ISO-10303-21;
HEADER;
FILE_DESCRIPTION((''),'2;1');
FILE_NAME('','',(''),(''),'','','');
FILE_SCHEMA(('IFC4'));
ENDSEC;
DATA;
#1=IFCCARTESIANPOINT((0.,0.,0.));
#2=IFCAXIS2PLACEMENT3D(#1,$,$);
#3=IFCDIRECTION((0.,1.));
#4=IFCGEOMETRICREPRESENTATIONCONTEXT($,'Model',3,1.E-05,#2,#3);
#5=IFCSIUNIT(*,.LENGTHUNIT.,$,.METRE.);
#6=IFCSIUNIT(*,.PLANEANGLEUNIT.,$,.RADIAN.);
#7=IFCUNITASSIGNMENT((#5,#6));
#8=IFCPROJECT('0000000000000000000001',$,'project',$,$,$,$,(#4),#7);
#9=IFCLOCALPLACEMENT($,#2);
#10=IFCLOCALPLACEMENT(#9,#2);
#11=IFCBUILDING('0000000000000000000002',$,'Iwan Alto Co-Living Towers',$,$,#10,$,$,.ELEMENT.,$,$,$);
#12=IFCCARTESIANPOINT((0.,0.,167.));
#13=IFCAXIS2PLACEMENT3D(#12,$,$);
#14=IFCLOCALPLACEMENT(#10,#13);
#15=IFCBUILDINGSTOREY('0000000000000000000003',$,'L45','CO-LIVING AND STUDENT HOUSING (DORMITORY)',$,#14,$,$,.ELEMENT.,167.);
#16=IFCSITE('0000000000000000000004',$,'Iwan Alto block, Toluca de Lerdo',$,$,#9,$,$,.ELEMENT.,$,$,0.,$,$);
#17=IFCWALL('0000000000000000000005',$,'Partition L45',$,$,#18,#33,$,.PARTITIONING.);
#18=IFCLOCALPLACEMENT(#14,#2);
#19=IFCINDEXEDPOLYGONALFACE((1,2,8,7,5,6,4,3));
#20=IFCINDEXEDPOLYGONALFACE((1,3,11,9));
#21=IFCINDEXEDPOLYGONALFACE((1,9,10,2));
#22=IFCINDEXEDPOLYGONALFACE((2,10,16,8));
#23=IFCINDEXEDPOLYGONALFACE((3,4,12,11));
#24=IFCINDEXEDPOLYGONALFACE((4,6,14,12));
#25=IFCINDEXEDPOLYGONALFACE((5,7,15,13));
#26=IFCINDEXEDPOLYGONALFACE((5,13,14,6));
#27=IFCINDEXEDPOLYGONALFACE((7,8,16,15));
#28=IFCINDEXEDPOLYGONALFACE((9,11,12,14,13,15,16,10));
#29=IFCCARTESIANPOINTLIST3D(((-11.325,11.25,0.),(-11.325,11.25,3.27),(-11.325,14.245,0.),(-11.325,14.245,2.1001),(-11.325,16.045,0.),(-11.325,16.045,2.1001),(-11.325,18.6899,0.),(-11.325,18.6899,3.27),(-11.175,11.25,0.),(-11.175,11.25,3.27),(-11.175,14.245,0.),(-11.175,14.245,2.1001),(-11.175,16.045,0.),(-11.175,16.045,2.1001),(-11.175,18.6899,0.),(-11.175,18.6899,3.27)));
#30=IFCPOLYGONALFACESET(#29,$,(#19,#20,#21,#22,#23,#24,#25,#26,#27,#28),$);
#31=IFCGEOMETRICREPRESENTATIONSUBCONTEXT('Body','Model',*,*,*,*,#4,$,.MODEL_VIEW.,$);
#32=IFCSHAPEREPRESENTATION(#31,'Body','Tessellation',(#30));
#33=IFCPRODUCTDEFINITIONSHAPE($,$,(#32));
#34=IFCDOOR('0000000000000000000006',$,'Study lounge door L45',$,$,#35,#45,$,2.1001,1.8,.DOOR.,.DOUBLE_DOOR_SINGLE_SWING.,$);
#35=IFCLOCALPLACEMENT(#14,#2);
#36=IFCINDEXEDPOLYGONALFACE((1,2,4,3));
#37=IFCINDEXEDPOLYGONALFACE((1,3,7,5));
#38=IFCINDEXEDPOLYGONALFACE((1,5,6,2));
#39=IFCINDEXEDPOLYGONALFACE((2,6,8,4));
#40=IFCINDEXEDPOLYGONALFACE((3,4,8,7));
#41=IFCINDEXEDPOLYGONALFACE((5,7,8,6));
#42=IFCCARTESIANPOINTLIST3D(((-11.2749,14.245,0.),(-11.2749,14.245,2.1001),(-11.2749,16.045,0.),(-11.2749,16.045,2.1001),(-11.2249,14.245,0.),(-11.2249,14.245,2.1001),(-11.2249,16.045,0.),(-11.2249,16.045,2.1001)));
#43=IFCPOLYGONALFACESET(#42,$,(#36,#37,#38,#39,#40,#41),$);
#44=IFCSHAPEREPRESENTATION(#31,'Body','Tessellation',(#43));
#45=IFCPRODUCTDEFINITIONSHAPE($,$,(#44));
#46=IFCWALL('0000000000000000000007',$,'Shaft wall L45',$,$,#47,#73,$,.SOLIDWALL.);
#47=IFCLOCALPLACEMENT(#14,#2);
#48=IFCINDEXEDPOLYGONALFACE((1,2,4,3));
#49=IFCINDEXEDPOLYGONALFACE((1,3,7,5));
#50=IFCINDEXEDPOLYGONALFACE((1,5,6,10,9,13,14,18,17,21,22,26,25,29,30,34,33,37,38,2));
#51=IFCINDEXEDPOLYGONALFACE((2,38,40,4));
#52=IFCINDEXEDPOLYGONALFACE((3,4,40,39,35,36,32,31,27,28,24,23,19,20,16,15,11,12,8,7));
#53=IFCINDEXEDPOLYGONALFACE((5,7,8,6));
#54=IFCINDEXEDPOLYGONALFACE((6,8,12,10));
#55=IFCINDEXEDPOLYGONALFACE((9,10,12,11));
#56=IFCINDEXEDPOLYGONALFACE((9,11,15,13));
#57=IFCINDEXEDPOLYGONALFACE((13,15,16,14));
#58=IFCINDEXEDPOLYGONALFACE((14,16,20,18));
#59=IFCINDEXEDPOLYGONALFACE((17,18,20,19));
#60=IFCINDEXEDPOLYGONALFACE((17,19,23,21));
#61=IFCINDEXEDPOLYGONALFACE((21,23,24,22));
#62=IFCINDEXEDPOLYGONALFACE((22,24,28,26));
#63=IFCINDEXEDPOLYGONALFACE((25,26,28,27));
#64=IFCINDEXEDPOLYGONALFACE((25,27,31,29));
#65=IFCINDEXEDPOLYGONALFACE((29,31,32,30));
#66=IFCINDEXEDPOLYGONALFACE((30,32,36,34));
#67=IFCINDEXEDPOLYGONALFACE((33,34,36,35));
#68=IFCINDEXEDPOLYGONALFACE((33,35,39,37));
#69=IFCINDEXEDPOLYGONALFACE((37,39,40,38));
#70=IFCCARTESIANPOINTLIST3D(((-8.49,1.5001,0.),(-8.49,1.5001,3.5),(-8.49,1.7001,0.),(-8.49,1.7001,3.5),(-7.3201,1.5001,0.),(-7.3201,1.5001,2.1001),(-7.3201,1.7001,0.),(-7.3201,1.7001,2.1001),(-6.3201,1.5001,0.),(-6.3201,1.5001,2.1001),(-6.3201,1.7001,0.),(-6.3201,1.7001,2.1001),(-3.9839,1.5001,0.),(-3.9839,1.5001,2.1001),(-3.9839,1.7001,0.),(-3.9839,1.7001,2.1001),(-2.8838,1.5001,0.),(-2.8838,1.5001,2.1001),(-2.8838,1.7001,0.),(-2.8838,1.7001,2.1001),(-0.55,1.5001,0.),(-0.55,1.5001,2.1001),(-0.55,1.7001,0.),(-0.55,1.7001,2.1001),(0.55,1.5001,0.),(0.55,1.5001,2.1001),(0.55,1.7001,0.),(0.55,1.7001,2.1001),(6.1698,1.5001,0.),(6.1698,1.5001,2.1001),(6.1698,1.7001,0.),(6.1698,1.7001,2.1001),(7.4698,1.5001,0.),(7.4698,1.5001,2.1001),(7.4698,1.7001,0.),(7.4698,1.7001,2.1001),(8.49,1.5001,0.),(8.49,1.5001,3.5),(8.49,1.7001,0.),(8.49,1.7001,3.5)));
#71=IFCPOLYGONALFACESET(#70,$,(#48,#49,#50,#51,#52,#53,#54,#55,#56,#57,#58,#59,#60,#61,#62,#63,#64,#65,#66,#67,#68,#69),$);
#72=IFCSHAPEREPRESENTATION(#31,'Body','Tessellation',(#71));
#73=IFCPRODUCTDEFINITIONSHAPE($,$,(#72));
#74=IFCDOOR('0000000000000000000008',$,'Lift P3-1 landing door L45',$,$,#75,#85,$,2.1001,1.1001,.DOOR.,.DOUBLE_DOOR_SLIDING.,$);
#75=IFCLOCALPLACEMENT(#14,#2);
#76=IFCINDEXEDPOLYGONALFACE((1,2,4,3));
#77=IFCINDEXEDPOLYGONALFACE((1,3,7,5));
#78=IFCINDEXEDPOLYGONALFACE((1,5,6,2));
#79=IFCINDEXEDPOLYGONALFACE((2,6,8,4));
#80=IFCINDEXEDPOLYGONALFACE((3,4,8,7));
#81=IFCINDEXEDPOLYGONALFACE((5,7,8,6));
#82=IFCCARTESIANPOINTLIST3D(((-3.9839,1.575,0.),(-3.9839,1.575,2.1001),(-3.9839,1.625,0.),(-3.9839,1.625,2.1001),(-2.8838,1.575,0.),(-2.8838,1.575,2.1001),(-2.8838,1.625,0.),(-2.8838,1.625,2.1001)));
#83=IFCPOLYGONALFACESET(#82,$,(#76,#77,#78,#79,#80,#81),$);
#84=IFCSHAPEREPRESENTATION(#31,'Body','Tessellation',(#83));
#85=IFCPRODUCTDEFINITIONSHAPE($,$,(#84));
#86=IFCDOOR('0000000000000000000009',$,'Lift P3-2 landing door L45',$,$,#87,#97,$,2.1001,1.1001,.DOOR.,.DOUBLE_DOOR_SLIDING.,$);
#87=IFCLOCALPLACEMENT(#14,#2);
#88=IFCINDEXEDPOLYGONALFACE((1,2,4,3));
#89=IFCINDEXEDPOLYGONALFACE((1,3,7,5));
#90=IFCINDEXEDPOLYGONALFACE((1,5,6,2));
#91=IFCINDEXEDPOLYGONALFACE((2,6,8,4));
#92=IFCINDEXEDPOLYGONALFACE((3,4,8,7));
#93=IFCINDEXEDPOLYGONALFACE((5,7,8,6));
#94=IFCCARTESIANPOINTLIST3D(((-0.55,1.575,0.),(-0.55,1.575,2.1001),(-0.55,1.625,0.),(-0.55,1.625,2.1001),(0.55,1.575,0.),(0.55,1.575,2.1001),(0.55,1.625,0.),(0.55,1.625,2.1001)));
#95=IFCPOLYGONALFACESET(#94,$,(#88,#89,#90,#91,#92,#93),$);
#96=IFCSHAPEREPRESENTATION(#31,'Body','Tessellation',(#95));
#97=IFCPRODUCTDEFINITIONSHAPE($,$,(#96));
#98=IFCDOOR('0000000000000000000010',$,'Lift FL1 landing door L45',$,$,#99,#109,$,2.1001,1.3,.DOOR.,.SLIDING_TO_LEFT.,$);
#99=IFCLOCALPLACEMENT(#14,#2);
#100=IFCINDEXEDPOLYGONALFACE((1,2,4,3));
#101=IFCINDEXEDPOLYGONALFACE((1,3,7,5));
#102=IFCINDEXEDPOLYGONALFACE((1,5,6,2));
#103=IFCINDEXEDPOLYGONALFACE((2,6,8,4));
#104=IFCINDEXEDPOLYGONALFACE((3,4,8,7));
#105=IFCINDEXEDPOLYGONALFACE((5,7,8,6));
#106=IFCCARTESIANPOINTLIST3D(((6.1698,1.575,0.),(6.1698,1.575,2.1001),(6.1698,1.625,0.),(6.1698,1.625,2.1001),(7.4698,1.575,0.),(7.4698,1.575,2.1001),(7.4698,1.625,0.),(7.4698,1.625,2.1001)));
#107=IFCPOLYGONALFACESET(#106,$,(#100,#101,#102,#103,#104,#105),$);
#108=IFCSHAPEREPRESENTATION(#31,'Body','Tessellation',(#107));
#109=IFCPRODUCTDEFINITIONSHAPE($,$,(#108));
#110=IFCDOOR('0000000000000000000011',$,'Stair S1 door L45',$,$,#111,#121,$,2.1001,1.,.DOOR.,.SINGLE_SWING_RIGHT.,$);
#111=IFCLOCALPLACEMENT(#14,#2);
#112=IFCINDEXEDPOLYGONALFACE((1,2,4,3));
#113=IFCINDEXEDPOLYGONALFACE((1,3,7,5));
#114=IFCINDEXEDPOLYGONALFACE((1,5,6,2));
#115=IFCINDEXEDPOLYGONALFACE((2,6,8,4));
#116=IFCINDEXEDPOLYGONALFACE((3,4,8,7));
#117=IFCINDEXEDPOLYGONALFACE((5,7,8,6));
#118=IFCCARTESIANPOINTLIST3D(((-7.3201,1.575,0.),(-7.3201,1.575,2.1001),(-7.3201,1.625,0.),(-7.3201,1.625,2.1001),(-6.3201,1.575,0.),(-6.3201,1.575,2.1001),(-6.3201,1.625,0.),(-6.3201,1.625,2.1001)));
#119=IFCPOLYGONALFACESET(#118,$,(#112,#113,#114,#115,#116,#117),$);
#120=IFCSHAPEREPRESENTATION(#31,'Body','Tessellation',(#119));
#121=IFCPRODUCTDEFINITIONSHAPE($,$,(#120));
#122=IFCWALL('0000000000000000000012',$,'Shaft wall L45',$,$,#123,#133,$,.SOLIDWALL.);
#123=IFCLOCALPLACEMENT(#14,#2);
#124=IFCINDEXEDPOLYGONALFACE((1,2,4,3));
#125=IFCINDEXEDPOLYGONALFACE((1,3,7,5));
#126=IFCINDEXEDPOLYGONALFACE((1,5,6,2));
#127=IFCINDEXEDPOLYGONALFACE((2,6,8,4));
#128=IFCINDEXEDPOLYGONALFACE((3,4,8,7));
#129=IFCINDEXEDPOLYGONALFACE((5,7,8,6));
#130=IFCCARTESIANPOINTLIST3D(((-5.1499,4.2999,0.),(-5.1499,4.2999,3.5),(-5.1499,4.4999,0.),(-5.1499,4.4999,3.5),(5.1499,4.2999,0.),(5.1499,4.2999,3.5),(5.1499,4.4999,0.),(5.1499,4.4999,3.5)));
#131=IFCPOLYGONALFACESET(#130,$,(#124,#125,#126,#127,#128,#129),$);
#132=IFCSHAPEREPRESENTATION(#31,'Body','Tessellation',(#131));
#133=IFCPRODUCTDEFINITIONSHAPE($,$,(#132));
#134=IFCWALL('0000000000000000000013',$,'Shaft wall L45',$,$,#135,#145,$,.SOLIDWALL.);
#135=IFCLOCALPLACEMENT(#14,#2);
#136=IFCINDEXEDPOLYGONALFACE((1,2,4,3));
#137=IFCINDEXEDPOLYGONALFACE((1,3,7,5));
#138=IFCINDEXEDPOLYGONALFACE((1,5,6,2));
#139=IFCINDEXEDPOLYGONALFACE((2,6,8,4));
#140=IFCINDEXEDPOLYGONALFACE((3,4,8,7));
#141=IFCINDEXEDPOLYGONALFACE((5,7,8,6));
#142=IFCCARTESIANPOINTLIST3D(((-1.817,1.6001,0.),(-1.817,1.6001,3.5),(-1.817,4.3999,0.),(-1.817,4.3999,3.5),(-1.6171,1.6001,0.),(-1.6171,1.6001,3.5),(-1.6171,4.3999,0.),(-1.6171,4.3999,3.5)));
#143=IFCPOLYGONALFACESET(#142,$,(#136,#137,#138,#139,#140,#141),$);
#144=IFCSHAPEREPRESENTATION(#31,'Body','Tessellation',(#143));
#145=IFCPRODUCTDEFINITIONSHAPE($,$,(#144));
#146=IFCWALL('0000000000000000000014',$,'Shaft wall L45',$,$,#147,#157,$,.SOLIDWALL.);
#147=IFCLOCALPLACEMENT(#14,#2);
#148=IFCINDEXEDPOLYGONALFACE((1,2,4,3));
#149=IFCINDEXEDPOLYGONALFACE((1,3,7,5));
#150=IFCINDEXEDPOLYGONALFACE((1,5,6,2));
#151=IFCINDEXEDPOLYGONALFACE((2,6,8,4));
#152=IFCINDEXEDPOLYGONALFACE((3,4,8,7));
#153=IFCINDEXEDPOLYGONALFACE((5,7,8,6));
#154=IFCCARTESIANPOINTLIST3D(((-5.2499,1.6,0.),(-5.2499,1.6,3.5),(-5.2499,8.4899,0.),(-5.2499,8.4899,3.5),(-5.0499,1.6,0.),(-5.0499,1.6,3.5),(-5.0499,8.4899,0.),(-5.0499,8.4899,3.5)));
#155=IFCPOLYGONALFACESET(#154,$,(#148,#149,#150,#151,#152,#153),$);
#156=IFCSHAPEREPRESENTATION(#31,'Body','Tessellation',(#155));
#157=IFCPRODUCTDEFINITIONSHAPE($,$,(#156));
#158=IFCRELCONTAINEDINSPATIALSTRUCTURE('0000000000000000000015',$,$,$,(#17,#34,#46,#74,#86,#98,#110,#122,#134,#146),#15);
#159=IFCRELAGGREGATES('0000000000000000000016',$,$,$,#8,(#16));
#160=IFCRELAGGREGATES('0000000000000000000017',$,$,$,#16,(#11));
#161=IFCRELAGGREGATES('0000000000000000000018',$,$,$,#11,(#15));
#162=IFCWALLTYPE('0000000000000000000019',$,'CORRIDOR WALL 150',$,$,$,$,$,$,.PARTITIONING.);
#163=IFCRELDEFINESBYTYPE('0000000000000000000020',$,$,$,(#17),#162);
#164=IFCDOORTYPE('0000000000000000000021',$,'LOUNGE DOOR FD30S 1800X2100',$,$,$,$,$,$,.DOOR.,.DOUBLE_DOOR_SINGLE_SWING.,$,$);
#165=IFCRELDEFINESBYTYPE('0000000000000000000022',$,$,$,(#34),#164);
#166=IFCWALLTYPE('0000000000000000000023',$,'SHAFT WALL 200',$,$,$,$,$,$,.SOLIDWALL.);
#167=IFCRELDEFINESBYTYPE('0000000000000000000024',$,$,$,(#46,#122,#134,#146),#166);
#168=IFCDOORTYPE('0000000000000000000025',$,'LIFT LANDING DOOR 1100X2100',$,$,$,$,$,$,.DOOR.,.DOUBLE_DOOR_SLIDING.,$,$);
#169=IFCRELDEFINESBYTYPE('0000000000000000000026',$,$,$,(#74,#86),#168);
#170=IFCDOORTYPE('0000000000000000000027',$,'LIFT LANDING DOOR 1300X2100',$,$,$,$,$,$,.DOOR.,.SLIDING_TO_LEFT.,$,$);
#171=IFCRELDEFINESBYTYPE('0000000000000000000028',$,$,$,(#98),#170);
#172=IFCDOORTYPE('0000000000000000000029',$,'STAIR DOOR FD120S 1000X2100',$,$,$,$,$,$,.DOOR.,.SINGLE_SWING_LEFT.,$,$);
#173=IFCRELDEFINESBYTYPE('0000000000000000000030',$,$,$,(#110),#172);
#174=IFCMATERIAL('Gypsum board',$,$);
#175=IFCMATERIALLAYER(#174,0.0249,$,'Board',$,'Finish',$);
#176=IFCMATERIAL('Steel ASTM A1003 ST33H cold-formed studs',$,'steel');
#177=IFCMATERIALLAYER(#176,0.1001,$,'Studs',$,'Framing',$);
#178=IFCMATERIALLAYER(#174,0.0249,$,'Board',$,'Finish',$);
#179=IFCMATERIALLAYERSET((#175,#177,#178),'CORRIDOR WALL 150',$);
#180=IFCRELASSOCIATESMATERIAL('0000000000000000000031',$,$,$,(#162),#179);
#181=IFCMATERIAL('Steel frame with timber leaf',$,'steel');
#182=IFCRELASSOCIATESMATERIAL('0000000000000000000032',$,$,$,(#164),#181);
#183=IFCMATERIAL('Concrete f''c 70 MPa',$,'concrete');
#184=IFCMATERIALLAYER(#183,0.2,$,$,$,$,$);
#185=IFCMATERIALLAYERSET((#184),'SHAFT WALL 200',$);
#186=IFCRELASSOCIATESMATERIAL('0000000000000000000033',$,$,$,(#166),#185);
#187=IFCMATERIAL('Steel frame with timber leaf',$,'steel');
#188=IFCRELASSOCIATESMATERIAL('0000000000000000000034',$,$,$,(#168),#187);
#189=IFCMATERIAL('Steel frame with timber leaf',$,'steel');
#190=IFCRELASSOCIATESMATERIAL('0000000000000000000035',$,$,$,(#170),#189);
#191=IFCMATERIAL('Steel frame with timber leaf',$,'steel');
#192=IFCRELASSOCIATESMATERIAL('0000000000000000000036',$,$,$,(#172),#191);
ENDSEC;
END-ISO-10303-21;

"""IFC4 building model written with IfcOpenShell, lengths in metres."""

from ifc_helpers import new_model, si_unit, direction, frame, frame_2d, origin, place, context, subcontext, project, spatial, rectangle, extrude, material, layer, layer_set, type_object, element, fill, save


model = new_model("IFC4")

# Units and contexts
model_context = context("Model", 3, precision=1e-05, world=origin(), true_north=direction((0.0, 1.0)))
body_context = subcontext(model_context, "Body", "Model", "MODEL_VIEW")
ifc_project = project(units=[si_unit("LENGTHUNIT", "METRE"), si_unit("PLANEANGLEUNIT", "RADIAN")], contexts=[model_context])

# Site, building, storey
site_placement = place(None, origin())
site = spatial("IfcSite", under=ifc_project, at=site_placement, Name="Iwan Alto block, Toluca de Lerdo", CompositionType="ELEMENT", RefElevation=0.0)
building_placement = place(site_placement, origin())
building = spatial("IfcBuilding", under=site, at=building_placement, Name="Iwan Alto Co-Living Towers", CompositionType="ELEMENT")
storey_placement = place(building_placement, frame((0.0, 0.0, 167.0)))
storey = spatial("IfcBuildingStorey", under=building, at=storey_placement, Name="L45", Description="CO-LIVING AND STUDENT HOUSING (DORMITORY)", CompositionType="ELEMENT", Elevation=167.0)

# Wall, opening, door
ifc_material_1 = material(Name="Gypsum board")
ifc_layer_1 = layer(ifc_material_1, 0.0249, Name="Board", Category="Finish")
ifc_material_2 = material(Name="Steel ASTM A1003 ST33H cold-formed studs", Category="steel")
ifc_layer_2 = layer(ifc_material_2, 0.1001, Name="Studs", Category="Framing")
ifc_layer_3 = layer(ifc_material_1, 0.0249, Name="Board", Category="Finish")
ifc_layer_set_1 = layer_set([ifc_layer_1, ifc_layer_2, ifc_layer_3], Name="CORRIDOR WALL 150")
wall_type_1 = type_object("IfcWallType", Name="CORRIDOR WALL 150", PredefinedType="PARTITIONING", material=ifc_layer_set_1)
wall_1_placement = place(storey_placement, frame((-11.25, 11.25, 0.0), z_axis=(0.0, 0.0, 1.0), x_axis=(0.0, 1.0, 0.0)))
wall_1 = element("IfcWall", 1, at=wall_1_placement, inside=storey, type_object=wall_type_1, Name="Partition L45", PredefinedType="PARTITIONING", context=body_context, shape_type="SweptSolid", body=[
    extrude(rectangle(XDim=7.4399, YDim=0.1499, at=frame_2d((3.72, 0.0))), origin(), (0.0, 0.0, 1.0), 3.27),
])
opening_1_placement = place(wall_1_placement, frame((2.9951, 0.0, 0.0)))
opening_1 = element("IfcOpeningElement", 2, at=opening_1_placement, cuts=wall_1, PredefinedType="OPENING", context=body_context, shape_type="SweptSolid", body=[
    extrude(rectangle(XDim=1.8, YDim=2.1001, at=frame_2d((0.8999, 1.05))), frame((0.0, 0.085, 0.0), z_axis=(0.0, -1.0, 0.0), x_axis=(1.0, 0.0, 0.0)), (0.0, 0.0, 1.0), 0.1699),
])
ifc_material_3 = material(Name="Steel frame with timber leaf", Category="steel")
door_type_1 = type_object("IfcDoorType", Name="LOUNGE DOOR FD30S 1800X2100", OperationType="DOUBLE_DOOR_SINGLE_SWING", PredefinedType="DOOR", material=ifc_material_3)
door_1_placement = place(opening_1_placement, origin())
door_1 = element("IfcDoor", 3, at=door_1_placement, inside=storey, type_object=door_type_1, Name="Study lounge door L45", OperationType="DOUBLE_DOOR_SINGLE_SWING", OverallHeight=2.1001, OverallWidth=1.8, PredefinedType="DOOR", context=body_context, shape_type="SweptSolid", body=[
    extrude(rectangle(XDim=1.8, YDim=2.1001, at=frame_2d((0.8999, 1.05))), frame((0.0, 0.0249, 0.0), z_axis=(0.0, -1.0, 0.0), x_axis=(1.0, 0.0, 0.0)), (0.0, 0.0, 1.0), 0.05),
])
fill(opening_1, door_1)

# Wall, openings, doors
ifc_material_4 = material(Name="Concrete f'c 70 MPa", Category="concrete")
ifc_layer_4 = layer(ifc_material_4, 0.2)
ifc_layer_set_2 = layer_set([ifc_layer_4], Name="SHAFT WALL 200")
wall_type_2 = type_object("IfcWallType", Name="SHAFT WALL 200", PredefinedType="SOLIDWALL", material=ifc_layer_set_2)
wall_2_placement = place(storey_placement, frame((-8.49, 1.6001, 0.0), z_axis=(0.0, 0.0, 1.0), x_axis=(1.0, 0.0, 0.0)))
wall_2 = element("IfcWall", 4, at=wall_2_placement, inside=storey, type_object=wall_type_2, Name="Shaft wall L45", PredefinedType="SOLIDWALL", context=body_context, shape_type="SweptSolid", body=[
    extrude(rectangle(XDim=16.98, YDim=0.2, at=frame_2d((8.49, 0.0))), origin(), (0.0, 0.0, 1.0), 3.5),
])
opening_2_placement = place(wall_2_placement, frame((1.1699, 0.0, 0.0)))
opening_2 = element("IfcOpeningElement", 5, at=opening_2_placement, cuts=wall_2, PredefinedType="OPENING", context=body_context, shape_type="SweptSolid", body=[
    extrude(rectangle(XDim=1.0, YDim=2.1001, at=frame_2d((0.5, 1.05))), frame((0.0, 0.1099, 0.0), z_axis=(0.0, -1.0, 0.0), x_axis=(1.0, 0.0, 0.0)), (0.0, 0.0, 1.0), 0.22),
])
opening_3_placement = place(wall_2_placement, frame((4.5061, 0.0, 0.0)))
opening_3 = element("IfcOpeningElement", 6, at=opening_3_placement, cuts=wall_2, PredefinedType="OPENING", context=body_context, shape_type="SweptSolid", body=[
    extrude(rectangle(XDim=1.1001, YDim=2.1001, at=frame_2d((0.55, 1.05))), frame((0.0, 0.1099, 0.0), z_axis=(0.0, -1.0, 0.0), x_axis=(1.0, 0.0, 0.0)), (0.0, 0.0, 1.0), 0.22),
])
opening_4_placement = place(wall_2_placement, frame((7.9399, 0.0, 0.0)))
opening_4 = element("IfcOpeningElement", 7, at=opening_4_placement, cuts=wall_2, PredefinedType="OPENING", context=body_context, shape_type="SweptSolid", body=[
    extrude(rectangle(XDim=1.1001, YDim=2.1001, at=frame_2d((0.55, 1.05))), frame((0.0, 0.1099, 0.0), z_axis=(0.0, -1.0, 0.0), x_axis=(1.0, 0.0, 0.0)), (0.0, 0.0, 1.0), 0.22),
])
opening_5_placement = place(wall_2_placement, frame((14.6599, 0.0, 0.0)))
opening_5 = element("IfcOpeningElement", 8, at=opening_5_placement, cuts=wall_2, PredefinedType="OPENING", context=body_context, shape_type="SweptSolid", body=[
    extrude(rectangle(XDim=1.3, YDim=2.1001, at=frame_2d((0.6499, 1.05))), frame((0.0, 0.1099, 0.0), z_axis=(0.0, -1.0, 0.0), x_axis=(1.0, 0.0, 0.0)), (0.0, 0.0, 1.0), 0.22),
])
ifc_material_5 = material(Name="Steel frame with timber leaf", Category="steel")
door_type_2 = type_object("IfcDoorType", Name="LIFT LANDING DOOR 1100X2100", OperationType="DOUBLE_DOOR_SLIDING", PredefinedType="DOOR", material=ifc_material_5)
door_2_placement = place(opening_3_placement, origin())
door_2 = element("IfcDoor", 9, at=door_2_placement, inside=storey, type_object=door_type_2, Name="Lift P3-1 landing door L45", OperationType="DOUBLE_DOOR_SLIDING", OverallHeight=2.1001, OverallWidth=1.1001, PredefinedType="DOOR", context=body_context, shape_type="SweptSolid", body=[
    extrude(rectangle(XDim=1.1001, YDim=2.1001, at=frame_2d((0.55, 1.05))), frame((0.0, 0.0249, 0.0), z_axis=(0.0, -1.0, 0.0), x_axis=(1.0, 0.0, 0.0)), (0.0, 0.0, 1.0), 0.05),
])
fill(opening_3, door_2)
door_3_placement = place(opening_4_placement, origin())
door_3 = element("IfcDoor", 10, at=door_3_placement, inside=storey, type_object=door_type_2, Name="Lift P3-2 landing door L45", OperationType="DOUBLE_DOOR_SLIDING", OverallHeight=2.1001, OverallWidth=1.1001, PredefinedType="DOOR", context=body_context, shape_type="SweptSolid", body=[
    extrude(rectangle(XDim=1.1001, YDim=2.1001, at=frame_2d((0.55, 1.05))), frame((0.0, 0.0249, 0.0), z_axis=(0.0, -1.0, 0.0), x_axis=(1.0, 0.0, 0.0)), (0.0, 0.0, 1.0), 0.05),
])
fill(opening_4, door_3)
ifc_material_6 = material(Name="Steel frame with timber leaf", Category="steel")
door_type_3 = type_object("IfcDoorType", Name="LIFT LANDING DOOR 1300X2100", OperationType="SLIDING_TO_LEFT", PredefinedType="DOOR", material=ifc_material_6)
door_4_placement = place(opening_5_placement, origin())
door_4 = element("IfcDoor", 11, at=door_4_placement, inside=storey, type_object=door_type_3, Name="Lift FL1 landing door L45", OperationType="SLIDING_TO_LEFT", OverallHeight=2.1001, OverallWidth=1.3, PredefinedType="DOOR", context=body_context, shape_type="SweptSolid", body=[
    extrude(rectangle(XDim=1.3, YDim=2.1001, at=frame_2d((0.6499, 1.05))), frame((0.0, 0.0249, 0.0), z_axis=(0.0, -1.0, 0.0), x_axis=(1.0, 0.0, 0.0)), (0.0, 0.0, 1.0), 0.05),
])
fill(opening_5, door_4)
ifc_material_7 = material(Name="Steel frame with timber leaf", Category="steel")
door_type_4 = type_object("IfcDoorType", Name="STAIR DOOR FD120S 1000X2100", OperationType="SINGLE_SWING_LEFT", PredefinedType="DOOR", material=ifc_material_7)
door_5_placement = place(opening_2_placement, origin())
door_5 = element("IfcDoor", 12, at=door_5_placement, inside=storey, type_object=door_type_4, Name="Stair S1 door L45", OperationType="SINGLE_SWING_RIGHT", OverallHeight=2.1001, OverallWidth=1.0, PredefinedType="DOOR", context=body_context, shape_type="SweptSolid", body=[
    extrude(rectangle(XDim=1.0, YDim=2.1001, at=frame_2d((0.5, 1.05))), frame((0.0, 0.0249, 0.0), z_axis=(0.0, -1.0, 0.0), x_axis=(1.0, 0.0, 0.0)), (0.0, 0.0, 1.0), 0.05),
])
fill(opening_2, door_5)

# Walls
wall_3_placement = place(storey_placement, frame((-5.1499, 4.3999, 0.0), z_axis=(0.0, 0.0, 1.0), x_axis=(1.0, 0.0, 0.0)))
element("IfcWall", 13, at=wall_3_placement, inside=storey, type_object=wall_type_2, Name="Shaft wall L45", PredefinedType="SOLIDWALL", context=body_context, shape_type="SweptSolid", body=[
    extrude(rectangle(XDim=10.2998, YDim=0.2, at=frame_2d((5.1499, 0.0))), origin(), (0.0, 0.0, 1.0), 3.5),
])
wall_4_placement = place(storey_placement, frame((-1.717, 1.6001, 0.0), z_axis=(0.0, 0.0, 1.0), x_axis=(0.0, 1.0, 0.0)))
element("IfcWall", 14, at=wall_4_placement, inside=storey, type_object=wall_type_2, Name="Shaft wall L45", PredefinedType="SOLIDWALL", context=body_context, shape_type="SweptSolid", body=[
    extrude(rectangle(XDim=2.7998, YDim=0.2, at=frame_2d((1.3999, 0.0))), origin(), (0.0, 0.0, 1.0), 3.5),
])
wall_5_placement = place(storey_placement, frame((-5.1499, 1.6001, 0.0), z_axis=(0.0, 0.0, 1.0), x_axis=(0.0, 1.0, 0.0)))
element("IfcWall", 15, at=wall_5_placement, inside=storey, type_object=wall_type_2, Name="Shaft wall L45", PredefinedType="SOLIDWALL", context=body_context, shape_type="SweptSolid", body=[
    extrude(rectangle(XDim=6.8899, YDim=0.2, at=frame_2d((3.4448, 0.0))), origin(), (0.0, 0.0, 1.0), 3.5),
])

save(model, "model.ifc")
